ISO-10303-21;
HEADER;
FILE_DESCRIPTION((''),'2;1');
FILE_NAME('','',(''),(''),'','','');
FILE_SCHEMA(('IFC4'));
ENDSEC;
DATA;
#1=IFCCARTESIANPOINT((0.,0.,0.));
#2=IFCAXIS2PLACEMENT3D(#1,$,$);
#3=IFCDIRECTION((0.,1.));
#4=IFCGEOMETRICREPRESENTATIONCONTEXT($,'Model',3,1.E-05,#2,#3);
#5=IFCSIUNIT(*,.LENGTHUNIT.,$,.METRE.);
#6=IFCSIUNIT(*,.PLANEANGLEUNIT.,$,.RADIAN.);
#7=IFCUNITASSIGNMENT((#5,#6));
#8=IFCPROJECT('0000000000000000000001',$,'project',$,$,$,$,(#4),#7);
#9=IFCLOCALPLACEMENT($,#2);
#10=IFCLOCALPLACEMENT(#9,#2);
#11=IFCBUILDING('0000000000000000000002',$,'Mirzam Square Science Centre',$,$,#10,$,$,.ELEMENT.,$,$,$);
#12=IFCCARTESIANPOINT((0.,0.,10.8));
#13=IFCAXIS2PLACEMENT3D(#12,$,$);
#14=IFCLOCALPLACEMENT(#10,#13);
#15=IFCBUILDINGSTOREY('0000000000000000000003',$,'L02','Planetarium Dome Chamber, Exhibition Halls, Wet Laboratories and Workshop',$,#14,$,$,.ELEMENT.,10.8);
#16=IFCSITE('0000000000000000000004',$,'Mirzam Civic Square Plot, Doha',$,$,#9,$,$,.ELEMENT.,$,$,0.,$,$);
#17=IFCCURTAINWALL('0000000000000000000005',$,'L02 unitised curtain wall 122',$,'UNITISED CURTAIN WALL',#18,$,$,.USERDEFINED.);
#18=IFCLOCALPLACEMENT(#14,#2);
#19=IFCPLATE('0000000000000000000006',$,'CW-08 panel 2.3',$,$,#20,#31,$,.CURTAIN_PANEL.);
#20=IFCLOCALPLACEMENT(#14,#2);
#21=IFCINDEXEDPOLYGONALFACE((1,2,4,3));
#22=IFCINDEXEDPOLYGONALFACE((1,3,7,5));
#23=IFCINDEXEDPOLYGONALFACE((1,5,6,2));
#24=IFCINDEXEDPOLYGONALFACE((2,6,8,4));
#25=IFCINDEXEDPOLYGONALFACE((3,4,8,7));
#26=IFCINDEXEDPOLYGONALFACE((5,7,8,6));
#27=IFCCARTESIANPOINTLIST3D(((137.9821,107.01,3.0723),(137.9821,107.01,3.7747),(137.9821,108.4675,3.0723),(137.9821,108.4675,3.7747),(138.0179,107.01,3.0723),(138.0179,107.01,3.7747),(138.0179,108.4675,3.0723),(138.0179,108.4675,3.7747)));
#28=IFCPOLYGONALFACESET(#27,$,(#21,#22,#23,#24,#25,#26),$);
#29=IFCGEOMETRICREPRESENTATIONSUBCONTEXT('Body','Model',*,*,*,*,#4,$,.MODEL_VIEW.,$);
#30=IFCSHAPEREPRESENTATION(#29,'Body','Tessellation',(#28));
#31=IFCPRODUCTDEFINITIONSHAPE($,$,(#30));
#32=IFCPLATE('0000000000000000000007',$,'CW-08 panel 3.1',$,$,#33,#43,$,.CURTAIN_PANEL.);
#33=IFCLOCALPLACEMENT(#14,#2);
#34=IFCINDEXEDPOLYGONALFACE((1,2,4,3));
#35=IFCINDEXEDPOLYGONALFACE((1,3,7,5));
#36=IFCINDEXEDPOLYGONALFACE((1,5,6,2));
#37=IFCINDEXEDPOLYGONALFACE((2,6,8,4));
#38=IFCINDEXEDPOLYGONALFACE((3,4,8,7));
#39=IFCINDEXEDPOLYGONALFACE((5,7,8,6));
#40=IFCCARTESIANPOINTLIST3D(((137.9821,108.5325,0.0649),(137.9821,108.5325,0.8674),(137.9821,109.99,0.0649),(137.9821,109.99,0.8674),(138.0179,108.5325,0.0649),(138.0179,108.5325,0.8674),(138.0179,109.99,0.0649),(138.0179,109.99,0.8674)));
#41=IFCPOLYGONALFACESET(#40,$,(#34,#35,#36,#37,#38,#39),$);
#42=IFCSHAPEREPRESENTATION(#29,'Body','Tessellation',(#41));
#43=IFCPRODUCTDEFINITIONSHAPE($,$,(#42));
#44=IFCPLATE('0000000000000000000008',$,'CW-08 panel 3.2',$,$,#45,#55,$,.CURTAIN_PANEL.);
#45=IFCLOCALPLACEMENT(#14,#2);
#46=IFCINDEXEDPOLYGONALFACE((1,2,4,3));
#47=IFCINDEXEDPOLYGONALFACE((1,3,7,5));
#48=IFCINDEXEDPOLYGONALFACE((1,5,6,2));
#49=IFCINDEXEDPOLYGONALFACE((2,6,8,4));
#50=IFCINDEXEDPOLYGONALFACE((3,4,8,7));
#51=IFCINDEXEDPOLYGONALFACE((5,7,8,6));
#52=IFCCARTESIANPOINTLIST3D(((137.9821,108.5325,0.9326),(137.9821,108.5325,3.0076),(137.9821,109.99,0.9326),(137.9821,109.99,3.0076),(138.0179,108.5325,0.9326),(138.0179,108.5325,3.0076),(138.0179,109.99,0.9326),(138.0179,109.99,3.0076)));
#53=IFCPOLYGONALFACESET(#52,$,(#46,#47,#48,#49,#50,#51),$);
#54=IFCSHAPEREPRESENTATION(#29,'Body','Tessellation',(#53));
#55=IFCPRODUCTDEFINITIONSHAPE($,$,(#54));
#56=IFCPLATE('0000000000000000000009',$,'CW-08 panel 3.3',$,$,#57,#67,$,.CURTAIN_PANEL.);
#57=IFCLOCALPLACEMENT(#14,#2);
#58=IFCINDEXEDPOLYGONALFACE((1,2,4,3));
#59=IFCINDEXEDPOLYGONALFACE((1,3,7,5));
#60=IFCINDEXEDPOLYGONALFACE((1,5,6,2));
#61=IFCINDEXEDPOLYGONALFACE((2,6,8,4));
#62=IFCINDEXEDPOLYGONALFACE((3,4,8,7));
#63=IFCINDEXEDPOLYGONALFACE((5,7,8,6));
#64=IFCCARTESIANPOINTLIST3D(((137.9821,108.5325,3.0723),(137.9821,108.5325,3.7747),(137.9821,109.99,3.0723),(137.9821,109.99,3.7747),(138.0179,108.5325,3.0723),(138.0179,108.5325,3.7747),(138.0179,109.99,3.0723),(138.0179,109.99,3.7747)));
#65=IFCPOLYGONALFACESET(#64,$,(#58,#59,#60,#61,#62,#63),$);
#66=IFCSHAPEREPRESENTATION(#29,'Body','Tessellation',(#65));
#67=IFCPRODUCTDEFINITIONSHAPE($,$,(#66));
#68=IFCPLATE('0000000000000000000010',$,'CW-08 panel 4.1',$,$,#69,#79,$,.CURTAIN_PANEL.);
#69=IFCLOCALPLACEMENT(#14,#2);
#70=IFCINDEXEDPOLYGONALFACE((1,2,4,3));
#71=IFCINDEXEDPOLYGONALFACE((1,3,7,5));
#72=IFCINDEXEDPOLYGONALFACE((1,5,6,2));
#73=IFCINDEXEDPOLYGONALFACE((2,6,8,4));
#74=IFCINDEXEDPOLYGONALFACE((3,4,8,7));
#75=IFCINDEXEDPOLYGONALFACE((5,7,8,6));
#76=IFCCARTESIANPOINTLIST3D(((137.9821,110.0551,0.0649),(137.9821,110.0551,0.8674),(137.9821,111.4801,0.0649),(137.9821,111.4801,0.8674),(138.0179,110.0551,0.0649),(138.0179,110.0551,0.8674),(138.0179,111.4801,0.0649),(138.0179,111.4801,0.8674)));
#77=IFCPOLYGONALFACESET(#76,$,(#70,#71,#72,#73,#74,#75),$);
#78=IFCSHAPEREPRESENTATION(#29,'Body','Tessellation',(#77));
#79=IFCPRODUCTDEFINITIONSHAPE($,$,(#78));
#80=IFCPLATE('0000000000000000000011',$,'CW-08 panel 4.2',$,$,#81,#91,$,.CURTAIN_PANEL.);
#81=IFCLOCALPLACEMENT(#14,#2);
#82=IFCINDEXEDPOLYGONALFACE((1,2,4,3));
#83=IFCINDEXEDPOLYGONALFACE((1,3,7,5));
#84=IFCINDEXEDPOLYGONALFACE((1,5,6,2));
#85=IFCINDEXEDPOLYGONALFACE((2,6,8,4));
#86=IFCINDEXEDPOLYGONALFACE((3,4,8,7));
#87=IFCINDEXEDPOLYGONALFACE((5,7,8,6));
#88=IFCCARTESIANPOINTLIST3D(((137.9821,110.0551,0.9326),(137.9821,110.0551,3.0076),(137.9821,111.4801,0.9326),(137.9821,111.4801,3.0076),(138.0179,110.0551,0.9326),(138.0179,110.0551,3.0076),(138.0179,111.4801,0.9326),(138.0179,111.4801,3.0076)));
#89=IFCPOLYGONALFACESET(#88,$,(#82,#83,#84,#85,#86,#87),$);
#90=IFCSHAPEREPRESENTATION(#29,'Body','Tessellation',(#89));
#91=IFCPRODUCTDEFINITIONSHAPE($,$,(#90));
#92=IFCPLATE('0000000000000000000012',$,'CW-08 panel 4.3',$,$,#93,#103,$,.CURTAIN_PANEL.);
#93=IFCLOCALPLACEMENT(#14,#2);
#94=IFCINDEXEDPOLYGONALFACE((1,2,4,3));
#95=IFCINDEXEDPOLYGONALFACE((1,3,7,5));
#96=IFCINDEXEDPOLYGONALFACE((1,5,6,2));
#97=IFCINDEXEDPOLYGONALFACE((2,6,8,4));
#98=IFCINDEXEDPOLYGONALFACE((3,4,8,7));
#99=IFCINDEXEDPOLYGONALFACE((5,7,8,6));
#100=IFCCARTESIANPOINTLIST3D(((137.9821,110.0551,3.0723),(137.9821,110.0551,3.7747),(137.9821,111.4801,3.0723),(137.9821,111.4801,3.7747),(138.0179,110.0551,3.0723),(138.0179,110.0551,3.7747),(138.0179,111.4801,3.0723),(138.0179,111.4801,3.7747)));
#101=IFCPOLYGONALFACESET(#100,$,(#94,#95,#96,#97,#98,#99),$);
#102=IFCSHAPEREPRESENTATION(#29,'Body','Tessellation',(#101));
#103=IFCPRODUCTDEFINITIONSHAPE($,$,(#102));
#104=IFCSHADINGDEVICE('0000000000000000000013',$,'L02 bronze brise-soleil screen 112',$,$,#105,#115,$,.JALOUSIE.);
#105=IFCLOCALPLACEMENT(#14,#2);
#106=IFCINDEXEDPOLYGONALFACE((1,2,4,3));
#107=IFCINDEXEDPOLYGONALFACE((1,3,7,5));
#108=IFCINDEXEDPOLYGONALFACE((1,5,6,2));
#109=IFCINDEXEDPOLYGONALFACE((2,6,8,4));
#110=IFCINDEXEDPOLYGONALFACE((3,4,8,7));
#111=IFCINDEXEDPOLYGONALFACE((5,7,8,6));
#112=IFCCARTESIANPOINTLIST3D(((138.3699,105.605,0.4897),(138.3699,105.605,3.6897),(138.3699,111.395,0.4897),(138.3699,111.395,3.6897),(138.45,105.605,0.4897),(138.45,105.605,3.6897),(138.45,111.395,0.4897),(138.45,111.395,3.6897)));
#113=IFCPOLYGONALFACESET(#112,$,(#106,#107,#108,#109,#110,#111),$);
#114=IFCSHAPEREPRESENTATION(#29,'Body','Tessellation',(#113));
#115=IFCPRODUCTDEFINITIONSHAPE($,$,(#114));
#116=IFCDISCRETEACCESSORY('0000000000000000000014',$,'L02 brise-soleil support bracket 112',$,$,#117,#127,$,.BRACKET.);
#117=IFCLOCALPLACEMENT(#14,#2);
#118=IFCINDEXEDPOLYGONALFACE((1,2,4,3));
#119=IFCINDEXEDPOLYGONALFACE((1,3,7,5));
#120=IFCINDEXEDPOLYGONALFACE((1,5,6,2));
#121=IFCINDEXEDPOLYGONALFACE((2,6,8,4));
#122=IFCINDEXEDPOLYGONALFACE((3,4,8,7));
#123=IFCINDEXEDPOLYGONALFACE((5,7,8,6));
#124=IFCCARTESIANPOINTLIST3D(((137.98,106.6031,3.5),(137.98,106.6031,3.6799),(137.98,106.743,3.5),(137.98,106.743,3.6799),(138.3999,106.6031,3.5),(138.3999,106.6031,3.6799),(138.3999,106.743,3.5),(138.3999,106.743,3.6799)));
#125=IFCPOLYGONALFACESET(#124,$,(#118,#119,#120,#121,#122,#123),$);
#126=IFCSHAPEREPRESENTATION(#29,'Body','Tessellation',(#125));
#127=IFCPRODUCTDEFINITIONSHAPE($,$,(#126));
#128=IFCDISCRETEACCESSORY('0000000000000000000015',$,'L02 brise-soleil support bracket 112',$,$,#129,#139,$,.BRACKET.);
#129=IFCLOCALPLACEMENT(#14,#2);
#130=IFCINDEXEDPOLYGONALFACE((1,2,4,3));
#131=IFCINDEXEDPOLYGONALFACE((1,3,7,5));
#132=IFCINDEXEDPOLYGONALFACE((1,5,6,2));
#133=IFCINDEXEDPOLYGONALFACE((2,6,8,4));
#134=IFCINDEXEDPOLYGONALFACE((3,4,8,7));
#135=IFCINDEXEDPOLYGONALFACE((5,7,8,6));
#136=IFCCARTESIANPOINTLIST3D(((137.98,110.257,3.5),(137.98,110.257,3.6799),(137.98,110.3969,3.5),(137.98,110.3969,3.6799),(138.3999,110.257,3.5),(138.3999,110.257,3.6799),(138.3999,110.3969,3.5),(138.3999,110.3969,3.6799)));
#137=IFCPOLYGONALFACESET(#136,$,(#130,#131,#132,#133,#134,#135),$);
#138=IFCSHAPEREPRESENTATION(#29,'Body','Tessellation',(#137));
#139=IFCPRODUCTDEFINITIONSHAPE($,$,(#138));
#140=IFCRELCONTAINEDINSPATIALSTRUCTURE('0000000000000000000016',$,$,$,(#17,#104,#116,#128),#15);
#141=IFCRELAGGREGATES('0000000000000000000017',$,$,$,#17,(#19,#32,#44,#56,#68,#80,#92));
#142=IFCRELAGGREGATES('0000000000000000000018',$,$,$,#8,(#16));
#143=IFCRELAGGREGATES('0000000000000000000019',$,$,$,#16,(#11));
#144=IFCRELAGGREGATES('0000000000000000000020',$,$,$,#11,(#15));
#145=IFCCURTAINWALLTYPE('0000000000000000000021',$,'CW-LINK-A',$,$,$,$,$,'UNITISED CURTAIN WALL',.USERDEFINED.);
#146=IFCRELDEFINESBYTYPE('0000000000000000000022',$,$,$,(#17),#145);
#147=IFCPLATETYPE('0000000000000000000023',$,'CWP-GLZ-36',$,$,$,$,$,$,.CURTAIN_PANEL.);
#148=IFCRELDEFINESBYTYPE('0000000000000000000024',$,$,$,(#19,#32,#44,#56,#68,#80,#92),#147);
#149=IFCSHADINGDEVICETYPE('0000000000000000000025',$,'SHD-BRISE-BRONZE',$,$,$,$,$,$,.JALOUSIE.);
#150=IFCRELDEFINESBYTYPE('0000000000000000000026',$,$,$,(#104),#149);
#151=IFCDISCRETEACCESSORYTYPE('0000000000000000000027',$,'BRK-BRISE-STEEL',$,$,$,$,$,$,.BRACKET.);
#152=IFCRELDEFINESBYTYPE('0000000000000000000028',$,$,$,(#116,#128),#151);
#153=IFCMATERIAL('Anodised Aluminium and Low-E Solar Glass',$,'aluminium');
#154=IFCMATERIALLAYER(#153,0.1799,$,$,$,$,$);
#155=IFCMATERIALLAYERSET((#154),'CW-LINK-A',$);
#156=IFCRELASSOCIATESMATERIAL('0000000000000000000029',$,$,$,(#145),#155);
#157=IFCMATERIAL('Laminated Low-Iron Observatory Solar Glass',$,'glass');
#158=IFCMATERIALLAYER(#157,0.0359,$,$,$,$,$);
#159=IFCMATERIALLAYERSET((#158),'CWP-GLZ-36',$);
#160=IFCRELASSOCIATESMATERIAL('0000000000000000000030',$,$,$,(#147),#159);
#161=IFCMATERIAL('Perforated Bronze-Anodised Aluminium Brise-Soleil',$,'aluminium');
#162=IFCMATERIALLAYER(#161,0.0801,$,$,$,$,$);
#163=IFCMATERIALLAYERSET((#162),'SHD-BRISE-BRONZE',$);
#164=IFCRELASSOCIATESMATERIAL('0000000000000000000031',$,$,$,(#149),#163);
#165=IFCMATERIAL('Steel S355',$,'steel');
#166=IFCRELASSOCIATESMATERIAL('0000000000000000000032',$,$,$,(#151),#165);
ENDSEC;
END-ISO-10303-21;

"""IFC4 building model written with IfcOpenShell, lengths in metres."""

from ifc_helpers import new_model, si_unit, direction, frame, origin, origin_2d, place, context, subcontext, project, spatial, rectangle, extrude, material, layer, layer_set, type_object, element, aggregate, save


model = new_model("IFC4")

# Units and contexts
model_context = context("Model", 3, precision=1e-05, world=origin(), true_north=direction((0.0, 1.0)))
body_context = subcontext(model_context, "Body", "Model", "MODEL_VIEW")
ifc_project = project(units=[si_unit("LENGTHUNIT", "METRE"), si_unit("PLANEANGLEUNIT", "RADIAN")], contexts=[model_context])

# Site, building, storey
site_placement = place(None, origin())
site = spatial("IfcSite", under=ifc_project, at=site_placement, Name="Mirzam Civic Square Plot, Doha", CompositionType="ELEMENT", RefElevation=0.0)
building_placement = place(site_placement, origin())
building = spatial("IfcBuilding", under=site, at=building_placement, Name="Mirzam Square Science Centre", CompositionType="ELEMENT")
storey_placement = place(building_placement, frame((0.0, 0.0, 10.8)))
storey = spatial("IfcBuildingStorey", under=building, at=storey_placement, Name="L02", Description="Planetarium Dome Chamber, Exhibition Halls, Wet Laboratories and Workshop", CompositionType="ELEMENT", Elevation=10.8)

# Shared definitions
ifc_material_1 = material(Name="Steel S355", Category="steel")

# Curtain wall, plates
ifc_material_2 = material(Name="Anodised Aluminium and Low-E Solar Glass", Category="aluminium")
ifc_layer_1 = layer(ifc_material_2, 0.1799)
ifc_layer_set_1 = layer_set([ifc_layer_1], Name="CW-LINK-A")
curtain_wall_type = type_object("IfcCurtainWallType", Name="CW-LINK-A", ElementType="UNITISED CURTAIN WALL", PredefinedType="USERDEFINED", material=ifc_layer_set_1)
curtain_wall_placement = place(storey_placement, origin())
curtain_wall = element("IfcCurtainWall", 1, at=curtain_wall_placement, inside=storey, type_object=curtain_wall_type, Name="L02 unitised curtain wall 122", ObjectType="UNITISED CURTAIN WALL", PredefinedType="USERDEFINED")
ifc_material_3 = material(Name="Laminated Low-Iron Observatory Solar Glass", Category="glass")
ifc_layer_2 = layer(ifc_material_3, 0.0359)
ifc_layer_set_2 = layer_set([ifc_layer_2], Name="CWP-GLZ-36")
plate_type = type_object("IfcPlateType", Name="CWP-GLZ-36", PredefinedType="CURTAIN_PANEL", material=ifc_layer_set_2)
plate_1_placement = place(storey_placement, frame((138.0, 107.7388, 3.0723), z_axis=(0.0, 0.0, 1.0), x_axis=(0.0, 1.0, 0.0)))
plate_1 = element("IfcPlate", 2, at=plate_1_placement, type_object=plate_type, Name="CW-08 panel 2.3", PredefinedType="CURTAIN_PANEL", context=body_context, shape_type="SweptSolid", body=[
    extrude(rectangle(XDim=1.4575, YDim=0.0359, at=origin_2d()), origin(), (0.0, 0.0, 1.0), 0.7024),
])
plate_2_placement = place(storey_placement, frame((138.0, 109.2612, 0.0649), z_axis=(0.0, 0.0, 1.0), x_axis=(0.0, 1.0, 0.0)))
plate_2 = element("IfcPlate", 3, at=plate_2_placement, type_object=plate_type, Name="CW-08 panel 3.1", PredefinedType="CURTAIN_PANEL", context=body_context, shape_type="SweptSolid", body=[
    extrude(rectangle(XDim=1.4575, YDim=0.0359, at=origin_2d()), origin(), (0.0, 0.0, 1.0), 0.8025),
])
plate_3_placement = place(storey_placement, frame((138.0, 109.2612, 0.9326), z_axis=(0.0, 0.0, 1.0), x_axis=(0.0, 1.0, 0.0)))
plate_3 = element("IfcPlate", 4, at=plate_3_placement, type_object=plate_type, Name="CW-08 panel 3.2", PredefinedType="CURTAIN_PANEL", context=body_context, shape_type="SweptSolid", body=[
    extrude(rectangle(XDim=1.4575, YDim=0.0359, at=origin_2d()), origin(), (0.0, 0.0, 1.0), 2.075),
])
plate_4_placement = place(storey_placement, frame((138.0, 109.2612, 3.0723), z_axis=(0.0, 0.0, 1.0), x_axis=(0.0, 1.0, 0.0)))
plate_4 = element("IfcPlate", 5, at=plate_4_placement, type_object=plate_type, Name="CW-08 panel 3.3", PredefinedType="CURTAIN_PANEL", context=body_context, shape_type="SweptSolid", body=[
    extrude(rectangle(XDim=1.4575, YDim=0.0359, at=origin_2d()), origin(), (0.0, 0.0, 1.0), 0.7024),
])
plate_5_placement = place(storey_placement, frame((138.0, 110.7676, 0.0649), z_axis=(0.0, 0.0, 1.0), x_axis=(0.0, 1.0, 0.0)))
plate_5 = element("IfcPlate", 6, at=plate_5_placement, type_object=plate_type, Name="CW-08 panel 4.1", PredefinedType="CURTAIN_PANEL", context=body_context, shape_type="SweptSolid", body=[
    extrude(rectangle(XDim=1.425, YDim=0.0359, at=origin_2d()), origin(), (0.0, 0.0, 1.0), 0.8025),
])
plate_6_placement = place(storey_placement, frame((138.0, 110.7676, 0.9326), z_axis=(0.0, 0.0, 1.0), x_axis=(0.0, 1.0, 0.0)))
plate_6 = element("IfcPlate", 7, at=plate_6_placement, type_object=plate_type, Name="CW-08 panel 4.2", PredefinedType="CURTAIN_PANEL", context=body_context, shape_type="SweptSolid", body=[
    extrude(rectangle(XDim=1.425, YDim=0.0359, at=origin_2d()), origin(), (0.0, 0.0, 1.0), 2.075),
])
plate_7_placement = place(storey_placement, frame((138.0, 110.7676, 3.0723), z_axis=(0.0, 0.0, 1.0), x_axis=(0.0, 1.0, 0.0)))
plate_7 = element("IfcPlate", 8, at=plate_7_placement, type_object=plate_type, Name="CW-08 panel 4.3", PredefinedType="CURTAIN_PANEL", context=body_context, shape_type="SweptSolid", body=[
    extrude(rectangle(XDim=1.425, YDim=0.0359, at=origin_2d()), origin(), (0.0, 0.0, 1.0), 0.7024),
])
aggregate(curtain_wall, [plate_1, plate_2, plate_3, plate_4, plate_5, plate_6, plate_7])

# Shading device
ifc_material_4 = material(Name="Perforated Bronze-Anodised Aluminium Brise-Soleil", Category="aluminium")
ifc_layer_3 = layer(ifc_material_4, 0.0801)
ifc_layer_set_3 = layer_set([ifc_layer_3], Name="SHD-BRISE-BRONZE")
shading_device_type = type_object("IfcShadingDeviceType", Name="SHD-BRISE-BRONZE", PredefinedType="JALOUSIE", material=ifc_layer_set_3)
shading_device_placement = place(storey_placement, frame((138.4099, 108.5, 0.4897), z_axis=(0.0, 0.0, 1.0), x_axis=(0.0, 1.0, 0.0)))
element("IfcShadingDevice", 9, at=shading_device_placement, inside=storey, type_object=shading_device_type, Name="L02 bronze brise-soleil screen 112", PredefinedType="JALOUSIE", context=body_context, shape_type="SweptSolid", body=[
    extrude(rectangle(XDim=5.79, YDim=0.0801, at=origin_2d()), origin(), (0.0, 0.0, 1.0), 3.2),
])

# Discrete accessories
discrete_accessory_type = type_object("IfcDiscreteAccessoryType", Name="BRK-BRISE-STEEL", PredefinedType="BRACKET", material=ifc_material_1)
for number, where, z_axis, x_axis, name in (
    (10, (138.1899, 106.6731, 3.5), (0.0, 0.0, 1.0), (0.0, 1.0, 0.0), "L02 brise-soleil support bracket 112"),
    (11, (138.1899, 110.3269, 3.5), (0.0, 0.0, 1.0), (0.0, 1.0, 0.0), "L02 brise-soleil support bracket 112"),
):
    element("IfcDiscreteAccessory", number, at=place(storey_placement, frame(where, z_axis=z_axis, x_axis=x_axis)), inside=storey, type_object=discrete_accessory_type, Name=name, PredefinedType="BRACKET", context=body_context, shape_type="SweptSolid", body=[
        extrude(rectangle(XDim=0.1399, YDim=0.4199, at=origin_2d()), origin(), (0.0, 0.0, 1.0), 0.1799),
    ])

save(model, "model.ifc")
